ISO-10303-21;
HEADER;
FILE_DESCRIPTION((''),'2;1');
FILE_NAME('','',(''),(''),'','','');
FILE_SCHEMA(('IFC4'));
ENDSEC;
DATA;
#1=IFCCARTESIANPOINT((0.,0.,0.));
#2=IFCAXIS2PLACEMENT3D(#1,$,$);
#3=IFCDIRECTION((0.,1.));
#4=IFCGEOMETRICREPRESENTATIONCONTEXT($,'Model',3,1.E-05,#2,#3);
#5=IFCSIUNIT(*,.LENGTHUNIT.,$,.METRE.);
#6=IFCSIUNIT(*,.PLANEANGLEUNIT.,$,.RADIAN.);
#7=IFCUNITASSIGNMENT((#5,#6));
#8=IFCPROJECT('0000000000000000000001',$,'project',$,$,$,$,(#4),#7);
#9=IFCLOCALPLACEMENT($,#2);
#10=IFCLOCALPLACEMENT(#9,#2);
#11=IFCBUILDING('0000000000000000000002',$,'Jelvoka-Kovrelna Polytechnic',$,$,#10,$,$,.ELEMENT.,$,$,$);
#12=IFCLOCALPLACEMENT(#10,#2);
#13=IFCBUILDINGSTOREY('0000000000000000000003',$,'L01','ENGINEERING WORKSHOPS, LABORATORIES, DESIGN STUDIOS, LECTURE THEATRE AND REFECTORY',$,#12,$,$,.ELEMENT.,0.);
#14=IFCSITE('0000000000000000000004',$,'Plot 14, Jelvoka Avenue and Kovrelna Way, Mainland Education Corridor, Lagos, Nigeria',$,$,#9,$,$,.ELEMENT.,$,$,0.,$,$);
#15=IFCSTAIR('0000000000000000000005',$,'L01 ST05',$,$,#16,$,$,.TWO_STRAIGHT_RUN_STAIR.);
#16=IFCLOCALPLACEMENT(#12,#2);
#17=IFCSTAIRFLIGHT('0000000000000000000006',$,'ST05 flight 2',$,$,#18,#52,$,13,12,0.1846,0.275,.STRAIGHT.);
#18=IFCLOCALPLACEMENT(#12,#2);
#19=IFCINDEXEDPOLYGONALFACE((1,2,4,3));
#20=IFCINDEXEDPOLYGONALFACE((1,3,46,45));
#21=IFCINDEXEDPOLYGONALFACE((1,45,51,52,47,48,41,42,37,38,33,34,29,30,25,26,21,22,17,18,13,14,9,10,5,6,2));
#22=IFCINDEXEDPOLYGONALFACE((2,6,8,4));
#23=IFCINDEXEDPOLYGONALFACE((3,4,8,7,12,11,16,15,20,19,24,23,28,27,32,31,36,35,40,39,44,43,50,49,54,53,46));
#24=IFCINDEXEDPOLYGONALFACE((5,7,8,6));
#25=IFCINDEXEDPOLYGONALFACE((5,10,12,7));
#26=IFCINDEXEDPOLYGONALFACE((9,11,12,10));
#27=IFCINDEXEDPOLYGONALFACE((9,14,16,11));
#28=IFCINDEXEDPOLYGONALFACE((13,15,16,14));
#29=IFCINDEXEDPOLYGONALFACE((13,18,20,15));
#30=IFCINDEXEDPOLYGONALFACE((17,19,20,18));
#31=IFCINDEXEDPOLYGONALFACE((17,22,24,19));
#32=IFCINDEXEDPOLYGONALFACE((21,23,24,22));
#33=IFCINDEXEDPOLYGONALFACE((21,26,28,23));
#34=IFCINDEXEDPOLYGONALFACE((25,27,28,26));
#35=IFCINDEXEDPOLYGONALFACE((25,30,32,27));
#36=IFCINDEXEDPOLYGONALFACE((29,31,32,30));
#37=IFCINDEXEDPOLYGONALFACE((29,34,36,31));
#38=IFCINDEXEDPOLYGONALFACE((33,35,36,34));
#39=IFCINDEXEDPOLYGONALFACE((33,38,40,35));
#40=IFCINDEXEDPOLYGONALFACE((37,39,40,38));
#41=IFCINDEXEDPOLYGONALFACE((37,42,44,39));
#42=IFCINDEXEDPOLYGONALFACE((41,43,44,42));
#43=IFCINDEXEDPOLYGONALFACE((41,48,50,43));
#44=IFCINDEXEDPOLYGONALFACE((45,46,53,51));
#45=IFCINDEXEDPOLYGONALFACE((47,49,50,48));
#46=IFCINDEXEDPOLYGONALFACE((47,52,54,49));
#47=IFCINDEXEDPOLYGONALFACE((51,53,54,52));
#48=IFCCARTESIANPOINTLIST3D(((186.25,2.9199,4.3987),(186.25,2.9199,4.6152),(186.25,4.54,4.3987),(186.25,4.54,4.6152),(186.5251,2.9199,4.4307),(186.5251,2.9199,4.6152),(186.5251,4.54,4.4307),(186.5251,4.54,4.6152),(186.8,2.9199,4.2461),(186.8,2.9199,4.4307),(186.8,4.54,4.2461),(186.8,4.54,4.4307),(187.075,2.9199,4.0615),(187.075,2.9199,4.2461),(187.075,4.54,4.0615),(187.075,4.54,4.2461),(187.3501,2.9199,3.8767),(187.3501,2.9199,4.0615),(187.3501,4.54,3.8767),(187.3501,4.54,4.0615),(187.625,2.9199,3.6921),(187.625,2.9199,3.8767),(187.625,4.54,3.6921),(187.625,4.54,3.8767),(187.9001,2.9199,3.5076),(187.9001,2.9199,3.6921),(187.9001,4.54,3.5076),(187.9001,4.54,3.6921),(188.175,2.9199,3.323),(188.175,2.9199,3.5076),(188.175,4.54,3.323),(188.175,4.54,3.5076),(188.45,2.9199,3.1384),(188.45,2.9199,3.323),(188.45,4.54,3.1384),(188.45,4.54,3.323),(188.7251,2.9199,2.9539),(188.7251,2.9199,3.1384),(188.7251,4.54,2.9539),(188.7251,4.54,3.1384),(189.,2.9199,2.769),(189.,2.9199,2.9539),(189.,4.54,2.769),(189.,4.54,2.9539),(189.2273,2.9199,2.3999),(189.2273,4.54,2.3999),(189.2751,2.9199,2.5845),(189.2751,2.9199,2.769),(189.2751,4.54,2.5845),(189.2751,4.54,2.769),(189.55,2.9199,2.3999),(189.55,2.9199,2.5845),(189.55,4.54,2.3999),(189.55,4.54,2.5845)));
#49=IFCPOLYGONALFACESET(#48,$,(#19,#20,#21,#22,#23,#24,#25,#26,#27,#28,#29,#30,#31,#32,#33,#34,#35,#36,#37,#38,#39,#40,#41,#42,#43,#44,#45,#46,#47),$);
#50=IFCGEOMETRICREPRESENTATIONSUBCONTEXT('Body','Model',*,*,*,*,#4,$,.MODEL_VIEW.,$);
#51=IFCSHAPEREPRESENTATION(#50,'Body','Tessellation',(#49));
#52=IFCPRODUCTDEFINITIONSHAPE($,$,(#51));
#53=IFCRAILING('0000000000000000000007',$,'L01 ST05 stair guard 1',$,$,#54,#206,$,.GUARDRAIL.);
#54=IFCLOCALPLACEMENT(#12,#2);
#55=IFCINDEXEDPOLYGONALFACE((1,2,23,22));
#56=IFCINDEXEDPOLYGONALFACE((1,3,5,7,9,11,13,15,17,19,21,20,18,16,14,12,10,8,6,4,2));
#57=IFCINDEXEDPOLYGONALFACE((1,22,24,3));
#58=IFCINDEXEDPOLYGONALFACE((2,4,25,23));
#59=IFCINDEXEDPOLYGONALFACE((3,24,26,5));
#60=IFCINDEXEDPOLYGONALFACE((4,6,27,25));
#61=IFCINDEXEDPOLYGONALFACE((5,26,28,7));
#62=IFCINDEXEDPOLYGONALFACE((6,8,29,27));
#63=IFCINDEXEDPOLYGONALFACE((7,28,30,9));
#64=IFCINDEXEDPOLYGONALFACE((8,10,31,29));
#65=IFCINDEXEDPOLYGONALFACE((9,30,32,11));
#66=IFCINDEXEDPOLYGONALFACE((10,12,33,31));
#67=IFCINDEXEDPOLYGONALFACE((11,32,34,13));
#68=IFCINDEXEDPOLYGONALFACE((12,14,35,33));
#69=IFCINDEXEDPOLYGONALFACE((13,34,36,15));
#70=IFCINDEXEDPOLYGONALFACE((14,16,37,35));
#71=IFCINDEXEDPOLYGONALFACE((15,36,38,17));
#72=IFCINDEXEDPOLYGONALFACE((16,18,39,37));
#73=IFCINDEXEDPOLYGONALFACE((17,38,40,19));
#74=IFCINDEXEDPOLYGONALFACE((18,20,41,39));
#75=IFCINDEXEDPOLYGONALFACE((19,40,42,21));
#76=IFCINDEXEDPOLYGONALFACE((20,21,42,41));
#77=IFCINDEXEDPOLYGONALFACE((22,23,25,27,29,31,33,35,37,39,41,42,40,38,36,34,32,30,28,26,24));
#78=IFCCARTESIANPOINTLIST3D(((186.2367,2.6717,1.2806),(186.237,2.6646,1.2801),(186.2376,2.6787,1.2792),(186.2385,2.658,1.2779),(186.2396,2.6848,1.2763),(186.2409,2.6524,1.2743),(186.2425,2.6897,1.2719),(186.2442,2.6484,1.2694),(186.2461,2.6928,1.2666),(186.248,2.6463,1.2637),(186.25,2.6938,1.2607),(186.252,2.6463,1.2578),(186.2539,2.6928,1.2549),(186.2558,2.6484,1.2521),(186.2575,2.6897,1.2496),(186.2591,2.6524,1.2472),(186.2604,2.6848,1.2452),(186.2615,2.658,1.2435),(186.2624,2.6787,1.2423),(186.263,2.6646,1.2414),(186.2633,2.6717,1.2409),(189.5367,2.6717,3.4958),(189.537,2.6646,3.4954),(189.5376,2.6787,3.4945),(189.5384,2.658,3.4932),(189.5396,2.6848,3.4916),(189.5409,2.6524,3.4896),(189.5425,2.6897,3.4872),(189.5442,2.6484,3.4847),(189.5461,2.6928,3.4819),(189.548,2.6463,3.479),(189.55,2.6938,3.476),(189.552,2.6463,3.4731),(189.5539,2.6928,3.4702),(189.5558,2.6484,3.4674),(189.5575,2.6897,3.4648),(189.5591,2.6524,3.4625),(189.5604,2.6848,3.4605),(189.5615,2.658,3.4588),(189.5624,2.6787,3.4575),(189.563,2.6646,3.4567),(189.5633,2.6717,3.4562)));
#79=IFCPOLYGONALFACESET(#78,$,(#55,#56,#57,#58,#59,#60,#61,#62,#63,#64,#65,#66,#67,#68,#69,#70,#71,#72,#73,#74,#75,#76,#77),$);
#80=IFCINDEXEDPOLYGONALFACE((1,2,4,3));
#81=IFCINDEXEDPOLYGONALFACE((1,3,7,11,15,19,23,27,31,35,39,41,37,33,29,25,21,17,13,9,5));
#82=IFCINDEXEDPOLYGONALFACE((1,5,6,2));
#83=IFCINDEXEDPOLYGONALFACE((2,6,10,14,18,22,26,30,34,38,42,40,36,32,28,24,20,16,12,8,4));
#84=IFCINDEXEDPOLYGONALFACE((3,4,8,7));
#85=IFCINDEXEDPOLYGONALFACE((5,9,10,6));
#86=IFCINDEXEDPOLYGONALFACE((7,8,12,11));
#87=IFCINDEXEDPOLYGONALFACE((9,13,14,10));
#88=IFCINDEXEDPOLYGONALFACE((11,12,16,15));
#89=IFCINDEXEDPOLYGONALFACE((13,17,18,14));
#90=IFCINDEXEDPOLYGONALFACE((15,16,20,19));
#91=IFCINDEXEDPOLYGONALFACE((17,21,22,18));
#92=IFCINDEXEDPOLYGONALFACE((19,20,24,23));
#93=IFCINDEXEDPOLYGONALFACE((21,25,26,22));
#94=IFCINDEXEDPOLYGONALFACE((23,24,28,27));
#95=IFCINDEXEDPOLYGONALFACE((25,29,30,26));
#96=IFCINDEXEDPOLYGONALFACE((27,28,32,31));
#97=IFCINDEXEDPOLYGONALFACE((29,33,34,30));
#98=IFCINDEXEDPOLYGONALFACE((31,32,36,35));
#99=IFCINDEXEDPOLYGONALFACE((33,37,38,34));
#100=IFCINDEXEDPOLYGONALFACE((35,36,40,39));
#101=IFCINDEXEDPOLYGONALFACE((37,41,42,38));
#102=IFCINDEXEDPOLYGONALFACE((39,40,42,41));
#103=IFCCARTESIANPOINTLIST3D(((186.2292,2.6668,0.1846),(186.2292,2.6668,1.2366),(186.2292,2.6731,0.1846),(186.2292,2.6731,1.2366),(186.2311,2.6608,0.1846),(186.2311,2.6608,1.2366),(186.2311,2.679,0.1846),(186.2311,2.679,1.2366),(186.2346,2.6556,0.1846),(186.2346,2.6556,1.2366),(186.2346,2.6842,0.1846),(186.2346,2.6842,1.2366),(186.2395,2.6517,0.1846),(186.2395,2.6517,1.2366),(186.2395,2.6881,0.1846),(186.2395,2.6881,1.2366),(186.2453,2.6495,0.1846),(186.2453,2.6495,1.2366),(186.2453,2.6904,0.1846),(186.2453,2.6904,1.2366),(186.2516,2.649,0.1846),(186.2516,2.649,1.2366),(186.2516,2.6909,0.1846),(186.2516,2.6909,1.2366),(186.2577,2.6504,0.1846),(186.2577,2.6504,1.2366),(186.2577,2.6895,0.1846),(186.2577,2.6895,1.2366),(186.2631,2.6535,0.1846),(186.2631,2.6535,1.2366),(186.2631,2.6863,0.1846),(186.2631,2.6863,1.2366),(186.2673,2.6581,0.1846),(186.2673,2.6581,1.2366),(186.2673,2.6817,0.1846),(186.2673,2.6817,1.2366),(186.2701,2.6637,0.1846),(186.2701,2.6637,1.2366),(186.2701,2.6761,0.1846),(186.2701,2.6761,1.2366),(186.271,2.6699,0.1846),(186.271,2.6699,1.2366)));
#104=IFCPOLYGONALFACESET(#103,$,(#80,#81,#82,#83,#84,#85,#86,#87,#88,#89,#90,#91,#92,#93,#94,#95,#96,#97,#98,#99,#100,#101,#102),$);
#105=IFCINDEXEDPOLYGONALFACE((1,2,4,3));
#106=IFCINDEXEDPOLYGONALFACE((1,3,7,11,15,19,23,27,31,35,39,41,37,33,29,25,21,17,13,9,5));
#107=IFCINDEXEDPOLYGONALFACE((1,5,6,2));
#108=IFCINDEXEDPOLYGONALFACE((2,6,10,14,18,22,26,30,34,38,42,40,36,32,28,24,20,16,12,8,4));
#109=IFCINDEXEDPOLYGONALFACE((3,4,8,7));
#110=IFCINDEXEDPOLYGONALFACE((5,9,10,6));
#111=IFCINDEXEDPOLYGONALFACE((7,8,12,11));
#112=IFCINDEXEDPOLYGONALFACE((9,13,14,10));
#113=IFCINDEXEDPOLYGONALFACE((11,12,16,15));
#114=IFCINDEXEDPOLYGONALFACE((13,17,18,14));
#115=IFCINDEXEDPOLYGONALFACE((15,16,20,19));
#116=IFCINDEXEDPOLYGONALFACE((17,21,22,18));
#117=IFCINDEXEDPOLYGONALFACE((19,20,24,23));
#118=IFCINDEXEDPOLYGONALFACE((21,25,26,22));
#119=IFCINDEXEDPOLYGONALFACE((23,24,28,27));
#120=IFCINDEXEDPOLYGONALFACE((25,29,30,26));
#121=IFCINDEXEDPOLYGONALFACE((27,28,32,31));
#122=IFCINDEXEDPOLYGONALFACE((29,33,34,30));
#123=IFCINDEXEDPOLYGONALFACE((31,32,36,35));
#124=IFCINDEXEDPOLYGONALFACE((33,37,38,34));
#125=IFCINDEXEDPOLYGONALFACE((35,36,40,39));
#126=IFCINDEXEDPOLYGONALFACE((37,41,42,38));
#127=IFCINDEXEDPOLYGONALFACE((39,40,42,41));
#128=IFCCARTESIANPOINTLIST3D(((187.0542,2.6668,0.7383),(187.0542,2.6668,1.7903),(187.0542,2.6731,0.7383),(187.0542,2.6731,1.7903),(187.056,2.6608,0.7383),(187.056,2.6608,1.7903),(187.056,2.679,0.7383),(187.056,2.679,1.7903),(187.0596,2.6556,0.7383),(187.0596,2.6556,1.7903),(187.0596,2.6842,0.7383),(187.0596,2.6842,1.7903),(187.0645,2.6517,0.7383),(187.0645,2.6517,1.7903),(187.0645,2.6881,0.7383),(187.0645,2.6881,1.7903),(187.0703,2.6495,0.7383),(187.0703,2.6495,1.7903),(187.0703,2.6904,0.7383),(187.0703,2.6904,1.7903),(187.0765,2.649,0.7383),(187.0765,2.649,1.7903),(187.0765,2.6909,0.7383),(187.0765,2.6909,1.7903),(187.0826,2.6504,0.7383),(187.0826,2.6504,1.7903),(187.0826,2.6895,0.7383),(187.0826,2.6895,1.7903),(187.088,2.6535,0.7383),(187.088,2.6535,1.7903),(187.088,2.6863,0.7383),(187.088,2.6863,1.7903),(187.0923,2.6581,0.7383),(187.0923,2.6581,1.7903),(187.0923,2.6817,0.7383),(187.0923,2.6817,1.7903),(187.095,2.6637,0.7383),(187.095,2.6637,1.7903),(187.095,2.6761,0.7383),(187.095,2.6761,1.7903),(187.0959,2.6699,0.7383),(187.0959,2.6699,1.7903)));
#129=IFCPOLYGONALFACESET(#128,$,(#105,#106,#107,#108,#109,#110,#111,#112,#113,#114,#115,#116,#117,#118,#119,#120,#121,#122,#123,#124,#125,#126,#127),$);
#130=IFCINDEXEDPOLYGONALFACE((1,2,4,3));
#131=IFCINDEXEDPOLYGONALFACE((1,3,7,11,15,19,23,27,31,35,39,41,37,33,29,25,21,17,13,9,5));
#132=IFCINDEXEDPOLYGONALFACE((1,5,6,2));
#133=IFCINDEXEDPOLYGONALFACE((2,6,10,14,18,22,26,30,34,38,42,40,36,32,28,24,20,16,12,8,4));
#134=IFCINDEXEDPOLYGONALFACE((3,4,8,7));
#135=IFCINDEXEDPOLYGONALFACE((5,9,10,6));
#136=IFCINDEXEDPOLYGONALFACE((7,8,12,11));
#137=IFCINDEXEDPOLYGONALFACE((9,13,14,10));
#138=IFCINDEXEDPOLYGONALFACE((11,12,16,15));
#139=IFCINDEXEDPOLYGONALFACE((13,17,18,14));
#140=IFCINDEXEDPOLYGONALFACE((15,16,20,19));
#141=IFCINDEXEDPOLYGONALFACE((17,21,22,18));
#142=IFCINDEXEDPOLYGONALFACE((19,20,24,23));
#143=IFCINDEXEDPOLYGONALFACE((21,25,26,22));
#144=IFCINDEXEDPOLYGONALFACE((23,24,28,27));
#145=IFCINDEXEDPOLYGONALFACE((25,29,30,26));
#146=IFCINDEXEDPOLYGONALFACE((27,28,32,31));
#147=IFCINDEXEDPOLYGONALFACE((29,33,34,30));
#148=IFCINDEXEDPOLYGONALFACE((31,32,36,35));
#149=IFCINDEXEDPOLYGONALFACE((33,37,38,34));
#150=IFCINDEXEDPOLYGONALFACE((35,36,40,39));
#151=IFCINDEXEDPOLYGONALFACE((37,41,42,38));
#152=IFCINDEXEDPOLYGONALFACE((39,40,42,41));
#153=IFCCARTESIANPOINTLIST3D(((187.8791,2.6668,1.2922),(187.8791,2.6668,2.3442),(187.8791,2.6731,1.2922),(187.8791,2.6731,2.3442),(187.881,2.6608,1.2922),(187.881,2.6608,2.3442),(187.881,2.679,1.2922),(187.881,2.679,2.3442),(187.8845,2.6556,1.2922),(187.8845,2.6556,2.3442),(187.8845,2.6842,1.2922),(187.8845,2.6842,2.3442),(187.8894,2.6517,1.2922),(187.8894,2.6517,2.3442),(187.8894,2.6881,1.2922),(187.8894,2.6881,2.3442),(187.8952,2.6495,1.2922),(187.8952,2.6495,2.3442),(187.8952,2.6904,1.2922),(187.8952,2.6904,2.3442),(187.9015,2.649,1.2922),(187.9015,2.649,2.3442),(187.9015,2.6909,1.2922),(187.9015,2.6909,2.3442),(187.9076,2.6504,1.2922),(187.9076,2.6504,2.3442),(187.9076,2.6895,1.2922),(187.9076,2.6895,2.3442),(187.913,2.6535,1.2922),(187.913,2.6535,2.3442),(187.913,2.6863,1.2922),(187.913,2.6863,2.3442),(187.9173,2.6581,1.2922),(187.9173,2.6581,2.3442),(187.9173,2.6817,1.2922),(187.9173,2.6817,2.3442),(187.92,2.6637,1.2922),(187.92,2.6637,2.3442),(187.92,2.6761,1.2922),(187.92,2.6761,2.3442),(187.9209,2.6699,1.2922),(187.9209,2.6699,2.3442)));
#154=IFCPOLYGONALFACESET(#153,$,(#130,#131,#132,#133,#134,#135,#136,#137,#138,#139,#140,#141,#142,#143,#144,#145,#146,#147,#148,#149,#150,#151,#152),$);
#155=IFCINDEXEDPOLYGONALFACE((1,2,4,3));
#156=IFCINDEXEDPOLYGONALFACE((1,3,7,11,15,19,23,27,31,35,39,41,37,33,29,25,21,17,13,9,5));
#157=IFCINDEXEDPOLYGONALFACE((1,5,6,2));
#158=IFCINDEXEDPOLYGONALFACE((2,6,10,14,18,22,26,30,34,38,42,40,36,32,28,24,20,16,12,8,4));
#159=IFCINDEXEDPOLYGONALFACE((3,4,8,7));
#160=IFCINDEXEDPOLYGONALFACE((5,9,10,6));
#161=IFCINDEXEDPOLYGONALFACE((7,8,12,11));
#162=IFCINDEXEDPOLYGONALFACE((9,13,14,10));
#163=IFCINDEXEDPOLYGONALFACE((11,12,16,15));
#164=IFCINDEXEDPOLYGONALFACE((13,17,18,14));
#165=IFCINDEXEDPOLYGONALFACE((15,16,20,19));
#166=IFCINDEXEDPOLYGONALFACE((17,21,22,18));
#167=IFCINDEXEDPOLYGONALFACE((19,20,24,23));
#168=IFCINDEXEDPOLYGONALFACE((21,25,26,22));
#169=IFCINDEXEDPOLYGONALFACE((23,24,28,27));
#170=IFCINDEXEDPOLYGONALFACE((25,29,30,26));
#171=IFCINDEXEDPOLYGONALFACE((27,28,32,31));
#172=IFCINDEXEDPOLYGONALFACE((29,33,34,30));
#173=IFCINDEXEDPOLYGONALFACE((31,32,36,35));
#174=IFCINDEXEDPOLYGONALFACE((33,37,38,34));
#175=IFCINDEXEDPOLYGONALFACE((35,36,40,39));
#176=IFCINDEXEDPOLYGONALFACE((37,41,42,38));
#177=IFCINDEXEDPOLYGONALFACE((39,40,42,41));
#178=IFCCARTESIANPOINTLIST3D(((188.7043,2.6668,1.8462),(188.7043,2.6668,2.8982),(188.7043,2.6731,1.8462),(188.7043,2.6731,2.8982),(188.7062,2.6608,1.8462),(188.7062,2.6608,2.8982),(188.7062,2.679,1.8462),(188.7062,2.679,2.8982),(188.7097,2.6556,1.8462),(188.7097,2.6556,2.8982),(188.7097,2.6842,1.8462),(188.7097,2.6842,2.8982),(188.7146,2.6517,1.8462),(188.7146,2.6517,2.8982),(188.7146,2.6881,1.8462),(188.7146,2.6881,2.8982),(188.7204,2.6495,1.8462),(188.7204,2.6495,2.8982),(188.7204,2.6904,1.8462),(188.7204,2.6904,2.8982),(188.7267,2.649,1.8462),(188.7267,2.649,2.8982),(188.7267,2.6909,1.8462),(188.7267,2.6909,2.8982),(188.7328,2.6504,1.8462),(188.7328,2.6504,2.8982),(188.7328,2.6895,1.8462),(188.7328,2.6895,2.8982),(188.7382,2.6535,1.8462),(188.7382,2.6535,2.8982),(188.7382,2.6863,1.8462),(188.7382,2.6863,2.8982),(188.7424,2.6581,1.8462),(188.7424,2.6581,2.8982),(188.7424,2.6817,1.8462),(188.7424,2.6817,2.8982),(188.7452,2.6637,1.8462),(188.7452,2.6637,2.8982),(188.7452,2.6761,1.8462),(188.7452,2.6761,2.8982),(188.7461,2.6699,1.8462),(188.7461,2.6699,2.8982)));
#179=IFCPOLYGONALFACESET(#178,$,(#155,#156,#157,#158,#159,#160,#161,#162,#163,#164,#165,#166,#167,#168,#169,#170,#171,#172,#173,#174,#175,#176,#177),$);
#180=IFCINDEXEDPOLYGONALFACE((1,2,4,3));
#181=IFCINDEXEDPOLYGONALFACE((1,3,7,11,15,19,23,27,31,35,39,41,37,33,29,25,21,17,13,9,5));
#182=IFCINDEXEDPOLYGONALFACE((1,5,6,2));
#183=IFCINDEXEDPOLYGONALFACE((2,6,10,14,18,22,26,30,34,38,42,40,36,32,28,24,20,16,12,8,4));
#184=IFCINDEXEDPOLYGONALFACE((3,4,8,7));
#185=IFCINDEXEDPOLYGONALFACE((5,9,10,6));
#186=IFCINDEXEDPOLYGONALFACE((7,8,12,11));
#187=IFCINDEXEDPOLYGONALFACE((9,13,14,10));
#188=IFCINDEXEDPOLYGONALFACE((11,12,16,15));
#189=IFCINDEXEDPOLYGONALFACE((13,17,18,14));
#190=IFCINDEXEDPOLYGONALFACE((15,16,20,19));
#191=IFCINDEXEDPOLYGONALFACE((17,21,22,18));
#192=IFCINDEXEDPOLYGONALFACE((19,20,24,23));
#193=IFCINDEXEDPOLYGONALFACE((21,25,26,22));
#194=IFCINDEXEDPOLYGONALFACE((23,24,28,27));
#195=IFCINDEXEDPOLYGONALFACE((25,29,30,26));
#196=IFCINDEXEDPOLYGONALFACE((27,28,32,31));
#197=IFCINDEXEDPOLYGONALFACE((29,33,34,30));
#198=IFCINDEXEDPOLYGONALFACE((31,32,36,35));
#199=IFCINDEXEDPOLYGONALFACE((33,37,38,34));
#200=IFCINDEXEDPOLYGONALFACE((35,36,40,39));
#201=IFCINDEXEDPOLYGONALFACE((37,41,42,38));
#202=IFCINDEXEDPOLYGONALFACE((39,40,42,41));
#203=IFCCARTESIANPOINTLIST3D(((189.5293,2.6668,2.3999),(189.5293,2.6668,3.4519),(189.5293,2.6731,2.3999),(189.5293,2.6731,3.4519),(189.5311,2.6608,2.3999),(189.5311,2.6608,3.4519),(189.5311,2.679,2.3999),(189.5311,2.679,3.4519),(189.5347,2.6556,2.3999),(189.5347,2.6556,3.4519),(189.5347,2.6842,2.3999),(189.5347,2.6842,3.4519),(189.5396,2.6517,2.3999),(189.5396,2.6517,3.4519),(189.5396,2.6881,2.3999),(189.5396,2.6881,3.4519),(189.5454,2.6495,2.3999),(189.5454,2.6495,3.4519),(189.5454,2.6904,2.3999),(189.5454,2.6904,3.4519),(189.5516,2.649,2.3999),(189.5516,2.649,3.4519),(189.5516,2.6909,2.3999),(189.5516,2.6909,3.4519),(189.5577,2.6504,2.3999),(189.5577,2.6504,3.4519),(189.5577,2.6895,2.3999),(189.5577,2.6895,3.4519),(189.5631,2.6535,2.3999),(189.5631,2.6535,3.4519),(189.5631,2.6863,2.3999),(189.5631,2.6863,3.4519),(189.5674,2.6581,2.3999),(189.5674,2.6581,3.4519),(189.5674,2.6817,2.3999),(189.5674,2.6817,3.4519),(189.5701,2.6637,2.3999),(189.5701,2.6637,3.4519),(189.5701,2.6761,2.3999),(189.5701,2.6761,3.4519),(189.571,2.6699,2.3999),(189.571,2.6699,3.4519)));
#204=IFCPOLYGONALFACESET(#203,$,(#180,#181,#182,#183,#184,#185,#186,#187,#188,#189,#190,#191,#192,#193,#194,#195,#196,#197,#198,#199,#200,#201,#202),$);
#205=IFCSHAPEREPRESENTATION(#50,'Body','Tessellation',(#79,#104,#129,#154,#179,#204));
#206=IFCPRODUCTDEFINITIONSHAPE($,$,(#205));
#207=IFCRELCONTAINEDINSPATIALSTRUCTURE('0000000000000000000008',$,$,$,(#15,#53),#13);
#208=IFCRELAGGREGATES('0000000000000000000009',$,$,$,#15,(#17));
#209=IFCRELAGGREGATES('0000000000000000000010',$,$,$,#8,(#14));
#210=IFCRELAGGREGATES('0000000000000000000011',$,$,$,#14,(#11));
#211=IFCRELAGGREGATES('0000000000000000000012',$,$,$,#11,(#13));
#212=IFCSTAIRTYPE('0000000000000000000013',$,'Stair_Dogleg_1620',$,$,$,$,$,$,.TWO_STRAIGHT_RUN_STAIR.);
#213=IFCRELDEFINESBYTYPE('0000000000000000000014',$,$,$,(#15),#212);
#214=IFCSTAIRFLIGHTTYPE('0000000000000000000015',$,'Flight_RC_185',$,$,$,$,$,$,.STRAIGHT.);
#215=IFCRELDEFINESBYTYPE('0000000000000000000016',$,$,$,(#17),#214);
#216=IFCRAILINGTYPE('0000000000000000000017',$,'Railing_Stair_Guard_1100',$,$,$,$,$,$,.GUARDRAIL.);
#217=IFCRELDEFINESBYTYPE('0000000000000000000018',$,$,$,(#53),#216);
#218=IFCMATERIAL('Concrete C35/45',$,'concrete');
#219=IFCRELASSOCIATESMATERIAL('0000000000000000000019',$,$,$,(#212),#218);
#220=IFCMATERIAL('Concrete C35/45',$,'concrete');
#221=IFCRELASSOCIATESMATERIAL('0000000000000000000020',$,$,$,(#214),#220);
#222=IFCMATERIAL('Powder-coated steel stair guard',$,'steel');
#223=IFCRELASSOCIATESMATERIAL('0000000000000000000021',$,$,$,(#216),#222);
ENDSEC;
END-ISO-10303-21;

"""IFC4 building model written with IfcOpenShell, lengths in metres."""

from ifc_helpers import new_model, si_unit, direction, frame, origin, origin_2d, place, context, subcontext, project, spatial, polyline, circle, outline, extrude, material, type_object, element, aggregate, save


model = new_model("IFC4")

# Units and contexts
model_context = context("Model", 3, precision=1e-05, world=origin(), true_north=direction((0.0, 1.0)))
body_context = subcontext(model_context, "Body", "Model", "MODEL_VIEW")
ifc_project = project(units=[si_unit("LENGTHUNIT", "METRE"), si_unit("PLANEANGLEUNIT", "RADIAN")], contexts=[model_context])

# Site, building, storey
site_placement = place(None, origin())
site = spatial("IfcSite", under=ifc_project, at=site_placement, Name="Plot 14, Jelvoka Avenue and Kovrelna Way, Mainland Education Corridor, Lagos, Nigeria", CompositionType="ELEMENT", RefElevation=0.0)
building_placement = place(site_placement, origin())
building = spatial("IfcBuilding", under=site, at=building_placement, Name="Jelvoka-Kovrelna Polytechnic", CompositionType="ELEMENT")
storey_placement = place(building_placement, origin())
storey = spatial("IfcBuildingStorey", under=building, at=storey_placement, Name="L01", Description="ENGINEERING WORKSHOPS, LABORATORIES, DESIGN STUDIOS, LECTURE THEATRE AND REFECTORY", CompositionType="ELEMENT", Elevation=0.0)

# Stair, stair flight
ifc_material_1 = material(Name="Concrete C35/45", Category="concrete")
stair_type = type_object("IfcStairType", Name="Stair_Dogleg_1620", PredefinedType="TWO_STRAIGHT_RUN_STAIR", material=ifc_material_1)
stair_placement = place(storey_placement, origin())
stair = element("IfcStair", 1, at=stair_placement, inside=storey, type_object=stair_type, Name="L01 ST05", PredefinedType="TWO_STRAIGHT_RUN_STAIR")
ifc_material_2 = material(Name="Concrete C35/45", Category="concrete")
stair_flight_type = type_object("IfcStairFlightType", Name="Flight_RC_185", PredefinedType="STRAIGHT", material=ifc_material_2)
stair_flight_placement = place(storey_placement, frame((189.55, 3.73, 2.3999), z_axis=(0.0, 0.0, 1.0), x_axis=(-1.0, 0.0, 0.0)))
stair_flight = element("IfcStairFlight", 2, at=stair_flight_placement, type_object=stair_flight_type, Name="ST05 flight 2", NumberOfRisers=13, NumberOfTreads=12, PredefinedType="STRAIGHT", RiserHeight=0.1846, TreadLength=0.275, context=body_context, shape_type="SweptSolid", body=[
    extrude(outline(polyline([(0.0, 0.0), (0.0, 0.1846), (0.2749, 0.1846), (0.2749, 0.3691), (0.55, 0.3691), (0.55, 0.554), (0.825, 0.554), (0.825, 0.7385), (1.1001, 0.7385), (1.1001, 0.9231), (1.375, 0.9231), (1.375, 1.1077), (1.6499, 1.1077), (1.6499, 1.2922), (1.925, 1.2922), (1.925, 1.4768), (2.2, 1.4768), (2.2, 1.6616), (2.4751, 1.6616), (2.4751, 1.8462), (2.75, 1.8462), (2.75, 2.0308), (3.0249, 2.0308), (3.0249, 2.2153), (3.3, 2.2153), (3.3, 2.3999), (3.3, 1.9988), (0.3228, 0.0), (0.0, 0.0)])), frame((0.0, 0.8101, 0.0), z_axis=(0.0, -1.0, 0.0), x_axis=(1.0, 0.0, 0.0)), (0.0, 0.0, 1.0), 1.6201),
])
aggregate(stair, [stair_flight])

# Railing
ifc_material_3 = material(Name="Powder-coated steel stair guard", Category="steel")
railing_type_1 = type_object("IfcRailingType", Name="Railing_Stair_Guard_1100", PredefinedType="GUARDRAIL", material=ifc_material_3)
railing_1_placement = place(storey_placement, frame((186.25, 2.6699, 0.1846)))
element("IfcRailing", 3, at=railing_1_placement, inside=storey, type_object=railing_type_1, Name="L01 ST05 stair guard 1", PredefinedType="GUARDRAIL", context=body_context, shape_type="SweptSolid", body=[
    extrude(circle(Radius=0.0239, at=origin_2d()), frame((0.0, 0.0, 1.0762), z_axis=(0.830269, 0.0, 0.557362), x_axis=(0.0, 1.0, 0.0)), (0.0, 0.0, 1.0), 3.9746),
    extrude(circle(Radius=0.021, at=origin_2d()), origin(), (0.0, 0.0, 1.0), 1.052),
    extrude(circle(Radius=0.021, at=origin_2d()), frame((0.825, 0.0, 0.5537)), (0.0, 0.0, 1.0), 1.052),
    extrude(circle(Radius=0.021, at=origin_2d()), frame((1.6499, 0.0, 1.1077)), (0.0, 0.0, 1.0), 1.052),
    extrude(circle(Radius=0.021, at=origin_2d()), frame((2.4751, 0.0, 1.6616)), (0.0, 0.0, 1.0), 1.052),
    extrude(circle(Radius=0.021, at=origin_2d()), frame((3.3, 0.0, 2.2153)), (0.0, 0.0, 1.0), 1.052),
])

save(model, "model.ifc")
